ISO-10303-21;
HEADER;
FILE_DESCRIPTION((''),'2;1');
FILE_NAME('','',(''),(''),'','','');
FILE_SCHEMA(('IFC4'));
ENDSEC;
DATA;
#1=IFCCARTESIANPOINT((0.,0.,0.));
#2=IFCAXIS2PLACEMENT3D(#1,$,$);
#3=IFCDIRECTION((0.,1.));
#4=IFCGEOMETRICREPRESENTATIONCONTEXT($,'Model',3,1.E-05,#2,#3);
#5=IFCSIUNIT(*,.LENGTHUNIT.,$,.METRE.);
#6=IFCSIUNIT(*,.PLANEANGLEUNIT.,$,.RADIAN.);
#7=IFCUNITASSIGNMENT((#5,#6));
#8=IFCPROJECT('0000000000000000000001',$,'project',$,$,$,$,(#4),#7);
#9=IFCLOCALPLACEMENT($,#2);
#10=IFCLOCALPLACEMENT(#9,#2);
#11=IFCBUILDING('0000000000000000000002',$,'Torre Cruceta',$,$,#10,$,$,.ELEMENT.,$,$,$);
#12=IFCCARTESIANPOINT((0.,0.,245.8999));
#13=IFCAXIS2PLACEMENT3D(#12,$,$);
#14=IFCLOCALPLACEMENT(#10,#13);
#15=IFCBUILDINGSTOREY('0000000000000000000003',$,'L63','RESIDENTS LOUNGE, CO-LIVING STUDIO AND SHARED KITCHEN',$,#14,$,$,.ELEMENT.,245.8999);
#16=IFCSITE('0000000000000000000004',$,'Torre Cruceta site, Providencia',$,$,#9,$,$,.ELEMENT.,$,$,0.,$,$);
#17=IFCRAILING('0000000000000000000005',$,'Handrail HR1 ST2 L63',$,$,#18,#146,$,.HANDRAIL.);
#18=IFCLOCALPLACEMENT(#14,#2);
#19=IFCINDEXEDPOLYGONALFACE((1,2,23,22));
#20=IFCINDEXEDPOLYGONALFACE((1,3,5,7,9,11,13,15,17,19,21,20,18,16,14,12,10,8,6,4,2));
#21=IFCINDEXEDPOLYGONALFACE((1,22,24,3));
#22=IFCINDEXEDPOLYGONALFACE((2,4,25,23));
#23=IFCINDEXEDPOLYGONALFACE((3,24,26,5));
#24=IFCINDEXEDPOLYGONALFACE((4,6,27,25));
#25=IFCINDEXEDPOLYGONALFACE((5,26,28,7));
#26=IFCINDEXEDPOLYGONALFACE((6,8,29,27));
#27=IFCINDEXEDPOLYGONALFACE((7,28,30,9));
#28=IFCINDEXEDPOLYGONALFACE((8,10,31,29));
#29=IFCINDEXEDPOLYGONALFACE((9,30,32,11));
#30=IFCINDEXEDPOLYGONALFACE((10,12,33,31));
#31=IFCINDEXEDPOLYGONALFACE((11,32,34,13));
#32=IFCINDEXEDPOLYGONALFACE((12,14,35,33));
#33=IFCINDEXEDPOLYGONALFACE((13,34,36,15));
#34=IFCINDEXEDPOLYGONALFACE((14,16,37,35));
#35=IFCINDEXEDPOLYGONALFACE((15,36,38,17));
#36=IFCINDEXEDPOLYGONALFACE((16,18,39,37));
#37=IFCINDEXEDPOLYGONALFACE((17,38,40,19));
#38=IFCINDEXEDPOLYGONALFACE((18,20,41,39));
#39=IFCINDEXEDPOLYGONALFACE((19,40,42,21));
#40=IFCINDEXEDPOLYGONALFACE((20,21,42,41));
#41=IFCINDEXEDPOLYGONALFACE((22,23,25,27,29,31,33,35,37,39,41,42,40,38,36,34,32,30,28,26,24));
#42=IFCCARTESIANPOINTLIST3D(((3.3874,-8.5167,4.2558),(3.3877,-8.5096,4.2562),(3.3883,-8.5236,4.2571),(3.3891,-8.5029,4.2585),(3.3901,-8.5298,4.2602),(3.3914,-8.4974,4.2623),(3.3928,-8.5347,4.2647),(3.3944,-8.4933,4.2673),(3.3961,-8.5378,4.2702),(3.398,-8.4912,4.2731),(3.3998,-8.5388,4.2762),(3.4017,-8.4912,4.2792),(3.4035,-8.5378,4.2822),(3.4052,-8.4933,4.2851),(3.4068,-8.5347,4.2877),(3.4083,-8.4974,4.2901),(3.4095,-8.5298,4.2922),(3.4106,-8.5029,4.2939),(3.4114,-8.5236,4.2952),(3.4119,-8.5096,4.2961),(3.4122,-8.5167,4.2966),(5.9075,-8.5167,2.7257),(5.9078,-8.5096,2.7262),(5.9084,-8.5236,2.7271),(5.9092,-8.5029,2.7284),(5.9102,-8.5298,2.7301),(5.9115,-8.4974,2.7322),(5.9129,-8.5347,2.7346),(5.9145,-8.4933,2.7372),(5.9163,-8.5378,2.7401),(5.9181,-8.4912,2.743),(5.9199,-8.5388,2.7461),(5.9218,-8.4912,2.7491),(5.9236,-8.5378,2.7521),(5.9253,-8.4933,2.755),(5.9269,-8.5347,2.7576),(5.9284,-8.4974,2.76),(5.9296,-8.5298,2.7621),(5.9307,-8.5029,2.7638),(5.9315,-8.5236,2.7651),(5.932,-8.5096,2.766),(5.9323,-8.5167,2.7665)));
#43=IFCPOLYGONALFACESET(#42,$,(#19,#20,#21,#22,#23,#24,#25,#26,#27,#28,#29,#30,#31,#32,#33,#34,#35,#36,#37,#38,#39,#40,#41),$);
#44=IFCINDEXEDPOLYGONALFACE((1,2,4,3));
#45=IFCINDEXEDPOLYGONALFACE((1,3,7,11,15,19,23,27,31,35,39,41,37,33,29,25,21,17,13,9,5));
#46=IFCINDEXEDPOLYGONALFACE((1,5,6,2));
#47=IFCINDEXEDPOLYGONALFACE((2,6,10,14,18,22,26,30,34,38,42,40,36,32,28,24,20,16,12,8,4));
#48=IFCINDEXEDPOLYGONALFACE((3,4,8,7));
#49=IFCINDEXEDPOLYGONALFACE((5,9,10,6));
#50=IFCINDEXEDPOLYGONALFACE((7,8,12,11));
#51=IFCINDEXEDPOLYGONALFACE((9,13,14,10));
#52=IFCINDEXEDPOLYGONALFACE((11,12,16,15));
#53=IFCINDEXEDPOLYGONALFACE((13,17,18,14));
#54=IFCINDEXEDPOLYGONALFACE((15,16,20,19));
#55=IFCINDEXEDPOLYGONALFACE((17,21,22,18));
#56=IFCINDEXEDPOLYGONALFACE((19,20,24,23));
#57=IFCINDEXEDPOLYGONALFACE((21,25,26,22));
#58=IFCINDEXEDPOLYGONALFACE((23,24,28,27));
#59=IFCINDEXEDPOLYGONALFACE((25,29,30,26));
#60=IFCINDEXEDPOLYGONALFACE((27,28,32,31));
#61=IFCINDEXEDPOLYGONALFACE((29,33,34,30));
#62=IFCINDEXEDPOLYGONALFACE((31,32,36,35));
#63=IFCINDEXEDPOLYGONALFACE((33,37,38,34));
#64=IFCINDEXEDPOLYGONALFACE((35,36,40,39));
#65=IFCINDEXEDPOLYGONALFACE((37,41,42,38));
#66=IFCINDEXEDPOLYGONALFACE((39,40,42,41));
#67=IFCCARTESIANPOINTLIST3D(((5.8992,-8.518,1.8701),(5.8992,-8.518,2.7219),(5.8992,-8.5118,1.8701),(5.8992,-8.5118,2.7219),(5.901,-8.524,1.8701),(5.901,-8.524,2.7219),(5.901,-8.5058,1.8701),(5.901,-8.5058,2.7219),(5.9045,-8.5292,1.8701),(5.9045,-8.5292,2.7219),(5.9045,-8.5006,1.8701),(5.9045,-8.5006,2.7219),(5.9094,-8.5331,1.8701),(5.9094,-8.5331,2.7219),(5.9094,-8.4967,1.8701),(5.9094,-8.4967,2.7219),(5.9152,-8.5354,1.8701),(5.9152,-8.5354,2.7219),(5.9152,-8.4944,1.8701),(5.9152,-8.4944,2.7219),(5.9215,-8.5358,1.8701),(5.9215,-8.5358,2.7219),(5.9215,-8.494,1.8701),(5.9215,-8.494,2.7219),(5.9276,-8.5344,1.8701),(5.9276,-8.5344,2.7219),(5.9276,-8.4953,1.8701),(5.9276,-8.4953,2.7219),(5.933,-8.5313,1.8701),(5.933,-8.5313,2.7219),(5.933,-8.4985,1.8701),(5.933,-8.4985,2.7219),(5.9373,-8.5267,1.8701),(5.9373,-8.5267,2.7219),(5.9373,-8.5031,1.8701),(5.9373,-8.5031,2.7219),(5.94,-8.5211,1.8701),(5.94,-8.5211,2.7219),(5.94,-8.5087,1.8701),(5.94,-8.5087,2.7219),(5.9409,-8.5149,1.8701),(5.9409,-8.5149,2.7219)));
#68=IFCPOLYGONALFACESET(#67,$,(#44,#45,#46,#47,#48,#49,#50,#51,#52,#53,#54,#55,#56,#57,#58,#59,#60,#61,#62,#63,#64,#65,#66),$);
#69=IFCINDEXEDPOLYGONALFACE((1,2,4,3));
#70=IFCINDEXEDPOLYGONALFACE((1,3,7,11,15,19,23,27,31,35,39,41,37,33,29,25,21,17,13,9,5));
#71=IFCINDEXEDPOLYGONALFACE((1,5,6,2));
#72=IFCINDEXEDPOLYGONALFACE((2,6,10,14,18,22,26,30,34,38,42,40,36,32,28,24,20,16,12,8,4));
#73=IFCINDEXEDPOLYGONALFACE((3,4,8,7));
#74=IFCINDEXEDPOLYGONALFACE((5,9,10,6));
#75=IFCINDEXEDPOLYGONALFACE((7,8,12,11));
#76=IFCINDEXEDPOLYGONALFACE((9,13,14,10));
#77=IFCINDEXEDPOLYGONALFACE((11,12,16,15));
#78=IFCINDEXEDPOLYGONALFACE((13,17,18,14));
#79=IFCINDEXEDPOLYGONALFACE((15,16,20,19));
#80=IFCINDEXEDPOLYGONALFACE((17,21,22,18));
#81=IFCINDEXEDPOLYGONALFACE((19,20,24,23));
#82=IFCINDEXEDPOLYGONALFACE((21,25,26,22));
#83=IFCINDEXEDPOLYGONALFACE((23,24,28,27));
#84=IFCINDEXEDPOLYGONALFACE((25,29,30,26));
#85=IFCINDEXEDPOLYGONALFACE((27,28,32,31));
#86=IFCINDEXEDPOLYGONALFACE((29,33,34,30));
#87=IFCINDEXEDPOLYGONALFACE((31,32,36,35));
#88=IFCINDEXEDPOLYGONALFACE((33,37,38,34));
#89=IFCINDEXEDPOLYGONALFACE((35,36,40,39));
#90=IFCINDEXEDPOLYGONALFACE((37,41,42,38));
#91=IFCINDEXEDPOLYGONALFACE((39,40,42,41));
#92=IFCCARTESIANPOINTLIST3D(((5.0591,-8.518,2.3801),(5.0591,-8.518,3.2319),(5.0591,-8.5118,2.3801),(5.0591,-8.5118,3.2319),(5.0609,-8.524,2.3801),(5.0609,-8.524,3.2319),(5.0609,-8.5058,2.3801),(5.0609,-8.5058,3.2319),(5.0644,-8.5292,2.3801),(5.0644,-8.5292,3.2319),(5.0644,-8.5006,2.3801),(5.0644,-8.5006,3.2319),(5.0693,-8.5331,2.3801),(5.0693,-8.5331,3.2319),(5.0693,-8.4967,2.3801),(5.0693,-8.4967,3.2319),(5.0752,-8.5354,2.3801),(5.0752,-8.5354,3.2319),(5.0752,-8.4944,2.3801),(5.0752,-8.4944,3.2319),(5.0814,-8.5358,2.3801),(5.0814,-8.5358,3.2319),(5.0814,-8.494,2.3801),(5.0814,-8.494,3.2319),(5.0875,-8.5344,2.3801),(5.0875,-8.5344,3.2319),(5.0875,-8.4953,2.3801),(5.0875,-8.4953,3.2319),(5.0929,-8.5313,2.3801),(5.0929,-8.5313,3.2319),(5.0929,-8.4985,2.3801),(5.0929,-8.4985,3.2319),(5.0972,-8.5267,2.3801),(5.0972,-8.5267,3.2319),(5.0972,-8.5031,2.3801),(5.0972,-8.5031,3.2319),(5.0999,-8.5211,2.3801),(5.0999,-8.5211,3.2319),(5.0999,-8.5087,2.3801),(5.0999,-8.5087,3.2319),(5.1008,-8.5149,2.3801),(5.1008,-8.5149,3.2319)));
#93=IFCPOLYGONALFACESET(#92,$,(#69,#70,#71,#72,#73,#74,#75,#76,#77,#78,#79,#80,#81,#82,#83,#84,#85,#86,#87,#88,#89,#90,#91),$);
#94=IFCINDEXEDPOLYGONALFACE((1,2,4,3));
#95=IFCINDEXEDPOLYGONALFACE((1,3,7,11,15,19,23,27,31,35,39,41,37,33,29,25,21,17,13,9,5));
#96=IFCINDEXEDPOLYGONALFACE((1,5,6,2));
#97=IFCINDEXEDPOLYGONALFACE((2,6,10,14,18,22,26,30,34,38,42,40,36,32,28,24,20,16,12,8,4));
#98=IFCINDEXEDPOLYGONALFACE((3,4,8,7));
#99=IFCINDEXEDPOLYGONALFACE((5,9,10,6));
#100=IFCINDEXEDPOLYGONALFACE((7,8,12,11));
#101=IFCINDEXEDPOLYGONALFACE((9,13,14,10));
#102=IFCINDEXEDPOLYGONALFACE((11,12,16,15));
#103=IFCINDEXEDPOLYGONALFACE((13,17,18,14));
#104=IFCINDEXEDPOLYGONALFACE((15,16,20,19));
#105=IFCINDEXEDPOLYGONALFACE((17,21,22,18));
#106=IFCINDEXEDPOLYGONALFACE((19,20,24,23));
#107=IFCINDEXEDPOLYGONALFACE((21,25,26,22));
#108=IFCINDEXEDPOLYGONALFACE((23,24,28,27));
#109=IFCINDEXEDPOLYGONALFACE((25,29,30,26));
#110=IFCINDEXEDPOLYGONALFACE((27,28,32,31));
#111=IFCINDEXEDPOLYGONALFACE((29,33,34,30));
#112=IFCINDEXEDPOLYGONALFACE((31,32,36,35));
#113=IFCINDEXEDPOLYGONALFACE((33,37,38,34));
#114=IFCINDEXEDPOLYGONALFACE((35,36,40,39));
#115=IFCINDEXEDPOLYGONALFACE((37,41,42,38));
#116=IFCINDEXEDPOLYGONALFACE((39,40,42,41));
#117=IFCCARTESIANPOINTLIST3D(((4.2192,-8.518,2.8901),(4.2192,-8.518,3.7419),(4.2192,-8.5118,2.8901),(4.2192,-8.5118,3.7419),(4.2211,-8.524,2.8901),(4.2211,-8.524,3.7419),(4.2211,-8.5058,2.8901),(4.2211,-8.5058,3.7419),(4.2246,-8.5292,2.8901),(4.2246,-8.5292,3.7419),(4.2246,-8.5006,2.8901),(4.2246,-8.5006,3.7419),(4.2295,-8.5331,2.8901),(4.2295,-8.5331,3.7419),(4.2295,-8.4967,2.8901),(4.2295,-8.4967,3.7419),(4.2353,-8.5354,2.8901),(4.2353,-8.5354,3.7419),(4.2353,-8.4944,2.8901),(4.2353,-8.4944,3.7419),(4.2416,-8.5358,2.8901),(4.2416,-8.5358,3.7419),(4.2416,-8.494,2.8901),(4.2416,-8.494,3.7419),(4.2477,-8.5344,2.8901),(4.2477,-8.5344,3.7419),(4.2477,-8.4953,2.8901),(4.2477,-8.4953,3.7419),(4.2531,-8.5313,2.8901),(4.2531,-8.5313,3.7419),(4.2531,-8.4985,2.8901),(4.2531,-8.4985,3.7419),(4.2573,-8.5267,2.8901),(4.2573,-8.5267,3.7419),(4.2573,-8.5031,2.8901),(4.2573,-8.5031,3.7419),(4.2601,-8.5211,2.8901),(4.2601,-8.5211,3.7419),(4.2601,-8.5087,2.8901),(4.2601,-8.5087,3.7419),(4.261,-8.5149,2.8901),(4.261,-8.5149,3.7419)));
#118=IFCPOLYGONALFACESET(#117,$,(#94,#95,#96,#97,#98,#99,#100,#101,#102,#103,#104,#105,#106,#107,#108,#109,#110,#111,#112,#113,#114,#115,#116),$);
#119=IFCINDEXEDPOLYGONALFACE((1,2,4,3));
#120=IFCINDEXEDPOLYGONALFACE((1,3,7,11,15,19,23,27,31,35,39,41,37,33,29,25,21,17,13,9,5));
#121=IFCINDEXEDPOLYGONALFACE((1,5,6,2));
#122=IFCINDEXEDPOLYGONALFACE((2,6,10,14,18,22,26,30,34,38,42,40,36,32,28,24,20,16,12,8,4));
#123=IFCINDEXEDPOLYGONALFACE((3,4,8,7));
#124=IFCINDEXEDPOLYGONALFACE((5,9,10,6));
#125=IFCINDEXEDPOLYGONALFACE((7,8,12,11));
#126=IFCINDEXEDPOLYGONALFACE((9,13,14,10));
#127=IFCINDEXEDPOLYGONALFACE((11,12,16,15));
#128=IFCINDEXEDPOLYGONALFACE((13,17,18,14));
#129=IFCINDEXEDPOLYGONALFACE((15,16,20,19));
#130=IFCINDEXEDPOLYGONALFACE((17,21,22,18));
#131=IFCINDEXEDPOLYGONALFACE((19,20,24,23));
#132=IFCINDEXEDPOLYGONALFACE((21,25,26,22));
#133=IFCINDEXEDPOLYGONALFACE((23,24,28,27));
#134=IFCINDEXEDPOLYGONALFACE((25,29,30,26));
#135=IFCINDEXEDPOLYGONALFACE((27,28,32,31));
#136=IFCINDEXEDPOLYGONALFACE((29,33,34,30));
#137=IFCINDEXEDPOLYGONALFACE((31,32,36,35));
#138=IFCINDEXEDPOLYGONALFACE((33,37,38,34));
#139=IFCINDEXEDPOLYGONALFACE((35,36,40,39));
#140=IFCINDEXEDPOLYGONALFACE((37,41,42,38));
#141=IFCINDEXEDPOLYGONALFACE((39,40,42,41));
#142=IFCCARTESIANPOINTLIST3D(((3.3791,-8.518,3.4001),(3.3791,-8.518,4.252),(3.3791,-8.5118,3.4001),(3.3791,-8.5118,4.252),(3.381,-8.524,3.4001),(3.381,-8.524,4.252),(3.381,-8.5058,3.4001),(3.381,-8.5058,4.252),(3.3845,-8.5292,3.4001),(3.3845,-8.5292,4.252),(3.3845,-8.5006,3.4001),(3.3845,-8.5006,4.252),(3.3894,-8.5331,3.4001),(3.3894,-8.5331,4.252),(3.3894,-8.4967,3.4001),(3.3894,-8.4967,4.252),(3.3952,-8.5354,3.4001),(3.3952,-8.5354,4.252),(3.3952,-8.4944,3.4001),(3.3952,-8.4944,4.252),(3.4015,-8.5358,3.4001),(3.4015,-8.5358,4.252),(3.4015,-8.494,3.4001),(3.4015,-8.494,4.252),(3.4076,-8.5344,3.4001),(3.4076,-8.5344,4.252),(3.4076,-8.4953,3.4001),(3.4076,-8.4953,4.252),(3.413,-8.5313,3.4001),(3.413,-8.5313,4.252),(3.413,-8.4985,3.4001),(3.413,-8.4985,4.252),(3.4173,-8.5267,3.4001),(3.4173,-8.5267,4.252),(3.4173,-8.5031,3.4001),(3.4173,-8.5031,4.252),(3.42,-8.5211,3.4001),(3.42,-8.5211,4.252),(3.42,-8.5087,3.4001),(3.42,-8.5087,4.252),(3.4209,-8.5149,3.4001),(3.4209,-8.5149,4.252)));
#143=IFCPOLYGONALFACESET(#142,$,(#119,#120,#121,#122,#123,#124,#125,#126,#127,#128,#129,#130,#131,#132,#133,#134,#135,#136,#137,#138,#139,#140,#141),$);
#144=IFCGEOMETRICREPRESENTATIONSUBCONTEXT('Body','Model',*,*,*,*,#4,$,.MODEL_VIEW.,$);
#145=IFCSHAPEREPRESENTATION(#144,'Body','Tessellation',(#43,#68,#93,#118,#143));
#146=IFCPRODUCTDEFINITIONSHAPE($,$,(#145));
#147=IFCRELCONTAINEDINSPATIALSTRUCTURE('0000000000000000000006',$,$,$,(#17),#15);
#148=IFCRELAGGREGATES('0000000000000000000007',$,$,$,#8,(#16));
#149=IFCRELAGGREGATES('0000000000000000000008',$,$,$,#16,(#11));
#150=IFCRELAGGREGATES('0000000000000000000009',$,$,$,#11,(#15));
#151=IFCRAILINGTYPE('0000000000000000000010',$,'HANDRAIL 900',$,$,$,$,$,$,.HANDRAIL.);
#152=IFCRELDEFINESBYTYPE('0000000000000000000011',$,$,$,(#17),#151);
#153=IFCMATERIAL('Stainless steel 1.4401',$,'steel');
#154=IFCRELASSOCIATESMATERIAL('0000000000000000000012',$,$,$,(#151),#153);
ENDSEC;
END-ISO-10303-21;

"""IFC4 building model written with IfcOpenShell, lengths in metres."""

from ifc_helpers import new_model, si_unit, direction, frame, origin, origin_2d, place, context, subcontext, project, spatial, circle, extrude, material, type_object, element, save


model = new_model("IFC4")

# Units and contexts
model_context = context("Model", 3, precision=1e-05, world=origin(), true_north=direction((0.0, 1.0)))
body_context = subcontext(model_context, "Body", "Model", "MODEL_VIEW")
ifc_project = project(units=[si_unit("LENGTHUNIT", "METRE"), si_unit("PLANEANGLEUNIT", "RADIAN")], contexts=[model_context])

# Site, building, storey
site_placement = place(None, origin())
site = spatial("IfcSite", under=ifc_project, at=site_placement, Name="Torre Cruceta site, Providencia", CompositionType="ELEMENT", RefElevation=0.0)
building_placement = place(site_placement, origin())
building = spatial("IfcBuilding", under=site, at=building_placement, Name="Torre Cruceta", CompositionType="ELEMENT")
storey_placement = place(building_placement, frame((0.0, 0.0, 245.8999)))
storey = spatial("IfcBuildingStorey", under=building, at=storey_placement, Name="L63", Description="RESIDENTS LOUNGE, CO-LIVING STUDIO AND SHARED KITCHEN", CompositionType="ELEMENT", Elevation=245.8999)

# Railing
ifc_material_1 = material(Name="Stainless steel 1.4401", Category="steel")
railing_type = type_object("IfcRailingType", Name="HANDRAIL 900", PredefinedType="HANDRAIL", material=ifc_material_1)
railing_placement = place(storey_placement, frame((5.9199, -8.5149, 1.8701)))
element("IfcRailing", 1, at=railing_placement, inside=storey, type_object=railing_type, Name="Handrail HR1 ST2 L63", PredefinedType="HANDRAIL", context=body_context, shape_type="SweptSolid", body=[
    extrude(circle(Radius=0.0239, at=origin_2d()), frame((0.0, 0.0, 0.876), z_axis=(-0.854785, 0.0, 0.518982), x_axis=(0.0, -1.0, 0.0)), (0.0, 0.0, 1.0), 2.9482),
    extrude(circle(Radius=0.021, at=origin_2d()), origin(), (0.0, 0.0, 1.0), 0.8518),
    extrude(circle(Radius=0.021, at=origin_2d()), frame((-0.8401, 0.0, 0.51)), (0.0, 0.0, 1.0), 0.8518),
    extrude(circle(Radius=0.021, at=origin_2d()), frame((-1.6799, 0.0, 1.02)), (0.0, 0.0, 1.0), 0.8518),
    extrude(circle(Radius=0.021, at=origin_2d()), frame((-2.52, 0.0, 1.53)), (0.0, 0.0, 1.0), 0.8518),
])

save(model, "model.ifc")
